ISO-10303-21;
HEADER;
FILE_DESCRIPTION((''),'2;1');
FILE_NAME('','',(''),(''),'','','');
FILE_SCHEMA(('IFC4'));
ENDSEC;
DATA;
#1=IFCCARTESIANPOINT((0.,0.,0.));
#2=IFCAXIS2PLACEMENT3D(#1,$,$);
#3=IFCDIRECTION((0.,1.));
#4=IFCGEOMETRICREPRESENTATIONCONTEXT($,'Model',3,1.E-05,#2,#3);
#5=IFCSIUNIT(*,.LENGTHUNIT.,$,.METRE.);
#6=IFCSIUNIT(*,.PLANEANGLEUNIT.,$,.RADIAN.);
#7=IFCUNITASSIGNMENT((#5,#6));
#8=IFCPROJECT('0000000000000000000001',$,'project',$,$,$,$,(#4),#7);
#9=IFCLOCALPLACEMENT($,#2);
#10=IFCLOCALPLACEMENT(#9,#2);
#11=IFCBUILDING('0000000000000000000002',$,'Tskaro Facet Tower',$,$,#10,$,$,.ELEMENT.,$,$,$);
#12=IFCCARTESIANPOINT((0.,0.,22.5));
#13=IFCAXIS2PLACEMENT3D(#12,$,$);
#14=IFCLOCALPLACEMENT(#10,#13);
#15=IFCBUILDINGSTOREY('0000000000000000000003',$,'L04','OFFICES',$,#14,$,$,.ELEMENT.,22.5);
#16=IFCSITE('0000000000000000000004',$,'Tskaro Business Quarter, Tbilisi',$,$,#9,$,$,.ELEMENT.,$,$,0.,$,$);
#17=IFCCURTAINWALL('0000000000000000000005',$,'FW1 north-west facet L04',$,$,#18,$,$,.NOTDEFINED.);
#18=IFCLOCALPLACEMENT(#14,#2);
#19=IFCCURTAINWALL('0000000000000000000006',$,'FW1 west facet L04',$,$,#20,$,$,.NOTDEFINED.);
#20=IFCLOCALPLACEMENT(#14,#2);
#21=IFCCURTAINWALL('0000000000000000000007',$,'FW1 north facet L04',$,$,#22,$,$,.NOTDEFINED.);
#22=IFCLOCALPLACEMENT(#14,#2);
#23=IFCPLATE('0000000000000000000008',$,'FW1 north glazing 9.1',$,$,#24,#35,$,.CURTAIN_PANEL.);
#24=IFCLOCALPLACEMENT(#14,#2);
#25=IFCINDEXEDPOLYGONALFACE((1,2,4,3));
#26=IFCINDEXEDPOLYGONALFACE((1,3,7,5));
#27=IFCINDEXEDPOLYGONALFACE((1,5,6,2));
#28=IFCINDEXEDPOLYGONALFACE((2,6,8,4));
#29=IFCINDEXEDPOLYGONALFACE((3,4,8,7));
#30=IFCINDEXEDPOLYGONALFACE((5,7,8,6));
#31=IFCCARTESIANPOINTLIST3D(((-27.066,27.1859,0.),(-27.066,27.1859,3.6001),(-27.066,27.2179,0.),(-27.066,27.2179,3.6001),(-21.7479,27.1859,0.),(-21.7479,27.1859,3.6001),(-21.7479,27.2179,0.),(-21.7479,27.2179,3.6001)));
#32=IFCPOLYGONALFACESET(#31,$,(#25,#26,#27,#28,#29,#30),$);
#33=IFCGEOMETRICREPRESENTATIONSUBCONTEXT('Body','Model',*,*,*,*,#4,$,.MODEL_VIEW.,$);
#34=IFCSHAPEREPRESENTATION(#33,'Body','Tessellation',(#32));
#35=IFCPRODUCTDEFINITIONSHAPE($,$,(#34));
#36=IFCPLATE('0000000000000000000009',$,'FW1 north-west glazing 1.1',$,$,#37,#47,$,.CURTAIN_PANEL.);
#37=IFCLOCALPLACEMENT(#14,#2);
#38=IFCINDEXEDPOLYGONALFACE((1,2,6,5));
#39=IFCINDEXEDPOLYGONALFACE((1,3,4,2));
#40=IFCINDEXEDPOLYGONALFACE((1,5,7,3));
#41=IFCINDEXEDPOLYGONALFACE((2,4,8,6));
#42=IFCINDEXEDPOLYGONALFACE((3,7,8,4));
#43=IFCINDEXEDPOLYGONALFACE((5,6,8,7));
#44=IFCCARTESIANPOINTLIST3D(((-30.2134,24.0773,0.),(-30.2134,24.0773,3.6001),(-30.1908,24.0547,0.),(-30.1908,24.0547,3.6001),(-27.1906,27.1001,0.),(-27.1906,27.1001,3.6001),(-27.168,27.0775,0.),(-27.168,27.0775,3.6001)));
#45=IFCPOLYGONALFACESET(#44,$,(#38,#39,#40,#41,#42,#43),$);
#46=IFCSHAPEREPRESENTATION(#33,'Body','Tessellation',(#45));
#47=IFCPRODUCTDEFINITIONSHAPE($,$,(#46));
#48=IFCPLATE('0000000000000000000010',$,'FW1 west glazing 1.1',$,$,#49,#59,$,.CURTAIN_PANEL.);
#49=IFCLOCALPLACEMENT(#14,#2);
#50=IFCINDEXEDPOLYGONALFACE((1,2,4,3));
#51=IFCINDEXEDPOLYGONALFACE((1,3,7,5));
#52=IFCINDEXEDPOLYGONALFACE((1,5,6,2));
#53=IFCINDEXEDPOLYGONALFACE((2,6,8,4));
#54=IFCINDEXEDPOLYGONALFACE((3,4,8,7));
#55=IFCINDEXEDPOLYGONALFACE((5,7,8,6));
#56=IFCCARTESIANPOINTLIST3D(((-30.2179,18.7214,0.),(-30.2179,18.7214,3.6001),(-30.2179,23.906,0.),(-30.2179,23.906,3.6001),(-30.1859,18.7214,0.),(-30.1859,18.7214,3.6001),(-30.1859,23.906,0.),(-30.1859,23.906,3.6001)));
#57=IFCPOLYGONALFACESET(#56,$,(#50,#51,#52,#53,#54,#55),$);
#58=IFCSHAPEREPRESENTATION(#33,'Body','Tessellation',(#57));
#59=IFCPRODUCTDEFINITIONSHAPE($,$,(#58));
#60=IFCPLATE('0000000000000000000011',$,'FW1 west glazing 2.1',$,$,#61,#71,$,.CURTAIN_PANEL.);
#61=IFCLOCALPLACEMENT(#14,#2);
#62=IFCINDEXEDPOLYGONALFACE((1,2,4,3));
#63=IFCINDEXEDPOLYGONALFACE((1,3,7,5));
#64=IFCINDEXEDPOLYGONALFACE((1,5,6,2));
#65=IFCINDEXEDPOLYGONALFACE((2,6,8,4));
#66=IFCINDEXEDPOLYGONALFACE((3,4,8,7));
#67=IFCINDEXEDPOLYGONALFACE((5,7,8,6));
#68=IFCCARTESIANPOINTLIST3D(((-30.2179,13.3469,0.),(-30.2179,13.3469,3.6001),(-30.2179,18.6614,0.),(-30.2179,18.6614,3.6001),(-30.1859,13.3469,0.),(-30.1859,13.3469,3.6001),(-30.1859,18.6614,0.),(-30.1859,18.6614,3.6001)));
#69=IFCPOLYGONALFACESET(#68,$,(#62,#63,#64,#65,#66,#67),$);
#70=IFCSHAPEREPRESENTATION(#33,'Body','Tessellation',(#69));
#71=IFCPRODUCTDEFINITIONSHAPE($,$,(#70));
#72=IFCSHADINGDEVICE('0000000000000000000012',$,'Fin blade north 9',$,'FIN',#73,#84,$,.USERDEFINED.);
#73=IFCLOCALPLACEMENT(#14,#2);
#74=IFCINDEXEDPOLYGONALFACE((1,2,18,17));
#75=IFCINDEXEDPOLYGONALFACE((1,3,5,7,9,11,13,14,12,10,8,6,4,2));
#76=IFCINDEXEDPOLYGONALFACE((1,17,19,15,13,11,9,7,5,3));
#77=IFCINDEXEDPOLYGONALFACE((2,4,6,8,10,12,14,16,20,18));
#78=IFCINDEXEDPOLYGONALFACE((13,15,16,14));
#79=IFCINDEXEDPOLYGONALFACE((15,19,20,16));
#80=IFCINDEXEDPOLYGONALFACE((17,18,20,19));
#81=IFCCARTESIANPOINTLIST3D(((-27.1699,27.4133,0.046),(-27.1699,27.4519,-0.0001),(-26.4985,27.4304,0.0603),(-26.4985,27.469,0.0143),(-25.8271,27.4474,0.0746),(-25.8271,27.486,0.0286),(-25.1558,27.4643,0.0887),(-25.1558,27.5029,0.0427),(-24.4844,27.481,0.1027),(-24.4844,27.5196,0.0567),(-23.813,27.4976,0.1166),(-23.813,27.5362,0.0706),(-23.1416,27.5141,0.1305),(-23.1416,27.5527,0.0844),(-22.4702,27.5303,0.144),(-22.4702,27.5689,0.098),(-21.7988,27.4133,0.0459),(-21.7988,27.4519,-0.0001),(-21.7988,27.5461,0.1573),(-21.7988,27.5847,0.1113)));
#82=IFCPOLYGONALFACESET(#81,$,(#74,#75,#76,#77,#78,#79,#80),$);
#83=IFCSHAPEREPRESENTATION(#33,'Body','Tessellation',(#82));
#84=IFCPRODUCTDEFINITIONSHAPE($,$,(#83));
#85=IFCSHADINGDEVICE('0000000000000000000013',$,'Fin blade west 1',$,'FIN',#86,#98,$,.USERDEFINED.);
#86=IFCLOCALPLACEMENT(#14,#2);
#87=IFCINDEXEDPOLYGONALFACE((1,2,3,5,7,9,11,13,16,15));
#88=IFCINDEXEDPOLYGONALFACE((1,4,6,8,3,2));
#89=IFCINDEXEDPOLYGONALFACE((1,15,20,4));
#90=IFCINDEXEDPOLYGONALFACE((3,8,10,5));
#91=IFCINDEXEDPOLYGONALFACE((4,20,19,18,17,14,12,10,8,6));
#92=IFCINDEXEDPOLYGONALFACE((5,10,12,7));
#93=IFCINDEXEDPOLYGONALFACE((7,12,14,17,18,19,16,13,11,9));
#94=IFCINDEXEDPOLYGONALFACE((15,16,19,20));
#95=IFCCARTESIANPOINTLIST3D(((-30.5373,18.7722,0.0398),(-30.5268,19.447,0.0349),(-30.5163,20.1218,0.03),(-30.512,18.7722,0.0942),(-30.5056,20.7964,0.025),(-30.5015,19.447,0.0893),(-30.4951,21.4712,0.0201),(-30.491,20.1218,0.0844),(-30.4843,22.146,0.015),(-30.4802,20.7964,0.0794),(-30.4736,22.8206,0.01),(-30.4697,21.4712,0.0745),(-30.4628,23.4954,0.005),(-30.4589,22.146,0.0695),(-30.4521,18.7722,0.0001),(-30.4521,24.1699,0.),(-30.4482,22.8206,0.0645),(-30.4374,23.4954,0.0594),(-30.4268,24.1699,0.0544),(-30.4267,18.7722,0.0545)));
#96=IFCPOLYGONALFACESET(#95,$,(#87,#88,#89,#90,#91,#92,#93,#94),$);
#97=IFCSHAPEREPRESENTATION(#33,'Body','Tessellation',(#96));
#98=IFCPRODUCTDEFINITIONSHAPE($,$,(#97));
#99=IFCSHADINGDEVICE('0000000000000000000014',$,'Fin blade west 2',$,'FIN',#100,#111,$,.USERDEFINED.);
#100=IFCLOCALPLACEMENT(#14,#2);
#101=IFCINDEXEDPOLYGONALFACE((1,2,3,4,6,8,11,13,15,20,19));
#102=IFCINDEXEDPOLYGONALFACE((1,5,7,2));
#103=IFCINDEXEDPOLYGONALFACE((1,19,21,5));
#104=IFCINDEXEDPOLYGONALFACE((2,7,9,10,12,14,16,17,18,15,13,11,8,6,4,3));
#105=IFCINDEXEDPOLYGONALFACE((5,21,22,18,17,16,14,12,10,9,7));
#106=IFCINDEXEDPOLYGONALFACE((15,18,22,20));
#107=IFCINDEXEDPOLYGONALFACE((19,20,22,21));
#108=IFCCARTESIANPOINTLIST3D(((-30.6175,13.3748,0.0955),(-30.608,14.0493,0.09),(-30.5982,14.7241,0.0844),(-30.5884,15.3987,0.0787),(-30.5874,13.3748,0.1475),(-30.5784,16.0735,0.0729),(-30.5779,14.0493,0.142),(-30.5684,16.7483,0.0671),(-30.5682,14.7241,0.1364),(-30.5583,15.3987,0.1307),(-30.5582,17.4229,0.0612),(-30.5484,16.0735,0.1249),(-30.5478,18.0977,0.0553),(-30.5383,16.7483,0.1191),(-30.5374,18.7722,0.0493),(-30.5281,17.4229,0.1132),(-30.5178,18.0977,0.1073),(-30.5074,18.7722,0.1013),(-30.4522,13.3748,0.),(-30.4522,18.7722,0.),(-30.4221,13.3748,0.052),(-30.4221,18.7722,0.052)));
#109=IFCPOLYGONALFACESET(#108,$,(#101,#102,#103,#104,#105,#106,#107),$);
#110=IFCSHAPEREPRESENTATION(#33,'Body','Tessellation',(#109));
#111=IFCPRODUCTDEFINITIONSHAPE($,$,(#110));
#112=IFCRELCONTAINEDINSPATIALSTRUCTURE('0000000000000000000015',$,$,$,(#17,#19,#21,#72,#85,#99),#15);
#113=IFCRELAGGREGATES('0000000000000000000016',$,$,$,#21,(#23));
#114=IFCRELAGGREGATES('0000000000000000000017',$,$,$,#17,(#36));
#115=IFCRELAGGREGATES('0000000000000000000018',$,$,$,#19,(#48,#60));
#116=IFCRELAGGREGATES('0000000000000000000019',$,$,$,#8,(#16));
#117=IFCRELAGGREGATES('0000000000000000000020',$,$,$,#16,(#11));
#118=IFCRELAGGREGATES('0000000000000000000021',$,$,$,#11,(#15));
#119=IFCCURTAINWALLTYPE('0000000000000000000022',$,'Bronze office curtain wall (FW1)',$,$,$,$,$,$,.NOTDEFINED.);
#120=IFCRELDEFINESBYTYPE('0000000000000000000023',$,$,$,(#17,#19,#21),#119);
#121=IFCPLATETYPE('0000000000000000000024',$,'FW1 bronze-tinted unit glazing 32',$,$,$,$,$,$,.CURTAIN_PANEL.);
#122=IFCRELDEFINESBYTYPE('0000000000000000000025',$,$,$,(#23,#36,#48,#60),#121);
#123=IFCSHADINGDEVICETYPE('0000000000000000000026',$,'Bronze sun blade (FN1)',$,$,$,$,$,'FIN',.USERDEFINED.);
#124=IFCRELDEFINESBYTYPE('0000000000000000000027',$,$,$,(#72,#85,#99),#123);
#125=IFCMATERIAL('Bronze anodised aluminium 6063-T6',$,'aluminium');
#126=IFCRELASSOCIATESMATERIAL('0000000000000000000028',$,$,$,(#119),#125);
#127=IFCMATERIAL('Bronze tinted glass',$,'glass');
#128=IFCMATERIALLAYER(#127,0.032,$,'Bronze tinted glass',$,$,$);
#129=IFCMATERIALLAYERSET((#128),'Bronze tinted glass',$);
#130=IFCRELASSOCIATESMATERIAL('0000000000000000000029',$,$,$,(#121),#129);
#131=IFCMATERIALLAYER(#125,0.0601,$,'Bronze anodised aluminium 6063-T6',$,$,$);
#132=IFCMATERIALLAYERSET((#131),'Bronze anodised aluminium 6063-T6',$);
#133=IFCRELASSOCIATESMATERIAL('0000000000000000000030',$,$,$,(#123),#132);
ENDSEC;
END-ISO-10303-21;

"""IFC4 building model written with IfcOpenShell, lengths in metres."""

from ifc_helpers import new_model, si_unit, direction, frame, origin, origin_2d, place, context, subcontext, project, spatial, polyline, rectangle, outline, extrude, material, layer, layer_set, type_object, element, aggregate, save


model = new_model("IFC4")

# Units and contexts
model_context = context("Model", 3, precision=1e-05, world=origin(), true_north=direction((0.0, 1.0)))
body_context = subcontext(model_context, "Body", "Model", "MODEL_VIEW")
ifc_project = project(units=[si_unit("LENGTHUNIT", "METRE"), si_unit("PLANEANGLEUNIT", "RADIAN")], contexts=[model_context])

# Site, building, storey
site_placement = place(None, origin())
site = spatial("IfcSite", under=ifc_project, at=site_placement, Name="Tskaro Business Quarter, Tbilisi", CompositionType="ELEMENT", RefElevation=0.0)
building_placement = place(site_placement, origin())
building = spatial("IfcBuilding", under=site, at=building_placement, Name="Tskaro Facet Tower", CompositionType="ELEMENT")
storey_placement = place(building_placement, frame((0.0, 0.0, 22.5)))
storey = spatial("IfcBuildingStorey", under=building, at=storey_placement, Name="L04", Description="OFFICES", CompositionType="ELEMENT", Elevation=22.5)

# Curtain wall
ifc_material_1 = material(Name="Bronze anodised aluminium 6063-T6", Category="aluminium")
curtain_wall_type = type_object("IfcCurtainWallType", Name="Bronze office curtain wall (FW1)", PredefinedType="NOTDEFINED", material=ifc_material_1)
curtain_wall_1_placement = place(storey_placement, origin())
curtain_wall_1 = element("IfcCurtainWall", 1, at=curtain_wall_1_placement, inside=storey, type_object=curtain_wall_type, Name="FW1 north-west facet L04", PredefinedType="NOTDEFINED")

# Curtain wall
curtain_wall_2_placement = place(storey_placement, origin())
curtain_wall_2 = element("IfcCurtainWall", 2, at=curtain_wall_2_placement, inside=storey, type_object=curtain_wall_type, Name="FW1 west facet L04", PredefinedType="NOTDEFINED")

# Curtain wall
curtain_wall_3_placement = place(storey_placement, origin())
curtain_wall_3 = element("IfcCurtainWall", 3, at=curtain_wall_3_placement, inside=storey, type_object=curtain_wall_type, Name="FW1 north facet L04", PredefinedType="NOTDEFINED")

# Plates
ifc_material_2 = material(Name="Bronze tinted glass", Category="glass")
ifc_layer_1 = layer(ifc_material_2, 0.032, Name="Bronze tinted glass")
ifc_layer_set_1 = layer_set([ifc_layer_1], Name="Bronze tinted glass")
plate_type = type_object("IfcPlateType", Name="FW1 bronze-tinted unit glazing 32", PredefinedType="CURTAIN_PANEL", material=ifc_layer_set_1)
plate_1_placement = place(storey_placement, frame((-24.407, 27.2019, 0.0), z_axis=(0.0, 0.0, 1.0), x_axis=(-1.0, 0.0, 0.0)))
plate_1 = element("IfcPlate", 4, at=plate_1_placement, type_object=plate_type, Name="FW1 north glazing 9.1", PredefinedType="CURTAIN_PANEL", context=body_context, shape_type="SweptSolid", body=[
    extrude(rectangle(XDim=5.3181, YDim=0.032, at=origin_2d()), origin(), (0.0, 0.0, 1.0), 3.6001),
])
aggregate(curtain_wall_3, [plate_1])
plate_2_placement = place(storey_placement, frame((-28.6907, 25.5774, 0.0), z_axis=(0.0, 0.0, 1.0), x_axis=(-0.707107, -0.707107, 0.0)))
plate_2 = element("IfcPlate", 5, at=plate_2_placement, type_object=plate_type, Name="FW1 north-west glazing 1.1", PredefinedType="CURTAIN_PANEL", context=body_context, shape_type="SweptSolid", body=[
    extrude(rectangle(XDim=4.2749, YDim=0.032, at=origin_2d()), origin(), (0.0, 0.0, 1.0), 3.6001),
])
aggregate(curtain_wall_1, [plate_2])
plate_3_placement = place(storey_placement, frame((-30.2019, 21.3137, 0.0), z_axis=(0.0, 0.0, 1.0), x_axis=(0.0, -1.0, 0.0)))
plate_3 = element("IfcPlate", 6, at=plate_3_placement, type_object=plate_type, Name="FW1 west glazing 1.1", PredefinedType="CURTAIN_PANEL", context=body_context, shape_type="SweptSolid", body=[
    extrude(rectangle(XDim=5.1846, YDim=0.032, at=origin_2d()), origin(), (0.0, 0.0, 1.0), 3.6001),
])
plate_4_placement = place(storey_placement, frame((-30.2019, 16.0042, 0.0), z_axis=(0.0, 0.0, 1.0), x_axis=(0.0, -1.0, 0.0)))
plate_4 = element("IfcPlate", 7, at=plate_4_placement, type_object=plate_type, Name="FW1 west glazing 2.1", PredefinedType="CURTAIN_PANEL", context=body_context, shape_type="SweptSolid", body=[
    extrude(rectangle(XDim=5.3145, YDim=0.032, at=origin_2d()), origin(), (0.0, 0.0, 1.0), 3.6001),
])
aggregate(curtain_wall_2, [plate_3, plate_4])

# Shading devices
ifc_layer_2 = layer(ifc_material_1, 0.0601, Name="Bronze anodised aluminium 6063-T6")
ifc_layer_set_2 = layer_set([ifc_layer_2], Name="Bronze anodised aluminium 6063-T6")
shading_device_type = type_object("IfcShadingDeviceType", Name="Bronze sun blade (FN1)", ElementType="FIN", PredefinedType="USERDEFINED", material=ifc_layer_set_2)
shading_device_1_placement = place(storey_placement, frame((-21.7988, 27.4133, 0.0459), z_axis=(0.000014, -0.642744, 0.766081), x_axis=(-1.0, -0.000009, 0.000011)))
element("IfcShadingDevice", 8, at=shading_device_1_placement, inside=storey, type_object=shading_device_type, Name="Fin blade north 9", ObjectType="FIN", PredefinedType="USERDEFINED", context=body_context, shape_type="SweptSolid", body=[
    extrude(outline(polyline([(0.0, 0.0), (5.3711, 0.0), (4.6997, -0.0224), (4.0283, -0.0445), (3.3569, -0.0666), (2.6855, -0.0884), (2.0142, -0.11), (1.3428, -0.1315), (0.6714, -0.1527), (0.0, -0.1733), (0.0, 0.0)])), origin(), (0.0, 0.0, -1.0), 0.0601),
])
shading_device_2_placement = place(storey_placement, frame((-30.4268, 24.1699, 0.0544), z_axis=(0.422355, 0.000016, 0.906431), x_axis=(0.000007, -1.0, 0.000014)))
element("IfcShadingDevice", 9, at=shading_device_2_placement, inside=storey, type_object=shading_device_type, Name="Fin blade west 1", ObjectType="FIN", PredefinedType="USERDEFINED", context=body_context, shape_type="SweptSolid", body=[
    extrude(outline(polyline([(0.0, 0.0), (5.3977, 0.0), (5.3977, -0.094), (4.7229, -0.0825), (4.0481, -0.0709), (3.3735, -0.059), (2.6987, -0.0474), (2.0239, -0.0355), (1.3494, -0.0237), (0.6746, -0.0118), (0.0, 0.0)])), origin(), (0.0, 0.0, -1.0), 0.0601),
])
shading_device_3_placement = place(storey_placement, frame((-30.4221, 18.7722, 0.052), z_axis=(0.50037, -0.00001, 0.865812), x_axis=(-0.000005, -1.0, -0.000009)))
element("IfcShadingDevice", 10, at=shading_device_3_placement, inside=storey, type_object=shading_device_type, Name="Fin blade west 2", ObjectType="FIN", PredefinedType="USERDEFINED", context=body_context, shape_type="SweptSolid", body=[
    extrude(outline(polyline([(0.0, 0.0), (5.3975, 0.0), (5.3975, -0.1909), (4.7229, -0.1799), (4.0481, -0.1687), (3.3735, -0.1573), (2.6987, -0.1458), (2.0239, -0.1342), (1.3494, -0.1224), (0.6746, -0.1105), (0.0, -0.0984), (0.0, 0.0)])), origin(), (0.0, 0.0, -1.0), 0.0601),
])

save(model, "model.ifc")
